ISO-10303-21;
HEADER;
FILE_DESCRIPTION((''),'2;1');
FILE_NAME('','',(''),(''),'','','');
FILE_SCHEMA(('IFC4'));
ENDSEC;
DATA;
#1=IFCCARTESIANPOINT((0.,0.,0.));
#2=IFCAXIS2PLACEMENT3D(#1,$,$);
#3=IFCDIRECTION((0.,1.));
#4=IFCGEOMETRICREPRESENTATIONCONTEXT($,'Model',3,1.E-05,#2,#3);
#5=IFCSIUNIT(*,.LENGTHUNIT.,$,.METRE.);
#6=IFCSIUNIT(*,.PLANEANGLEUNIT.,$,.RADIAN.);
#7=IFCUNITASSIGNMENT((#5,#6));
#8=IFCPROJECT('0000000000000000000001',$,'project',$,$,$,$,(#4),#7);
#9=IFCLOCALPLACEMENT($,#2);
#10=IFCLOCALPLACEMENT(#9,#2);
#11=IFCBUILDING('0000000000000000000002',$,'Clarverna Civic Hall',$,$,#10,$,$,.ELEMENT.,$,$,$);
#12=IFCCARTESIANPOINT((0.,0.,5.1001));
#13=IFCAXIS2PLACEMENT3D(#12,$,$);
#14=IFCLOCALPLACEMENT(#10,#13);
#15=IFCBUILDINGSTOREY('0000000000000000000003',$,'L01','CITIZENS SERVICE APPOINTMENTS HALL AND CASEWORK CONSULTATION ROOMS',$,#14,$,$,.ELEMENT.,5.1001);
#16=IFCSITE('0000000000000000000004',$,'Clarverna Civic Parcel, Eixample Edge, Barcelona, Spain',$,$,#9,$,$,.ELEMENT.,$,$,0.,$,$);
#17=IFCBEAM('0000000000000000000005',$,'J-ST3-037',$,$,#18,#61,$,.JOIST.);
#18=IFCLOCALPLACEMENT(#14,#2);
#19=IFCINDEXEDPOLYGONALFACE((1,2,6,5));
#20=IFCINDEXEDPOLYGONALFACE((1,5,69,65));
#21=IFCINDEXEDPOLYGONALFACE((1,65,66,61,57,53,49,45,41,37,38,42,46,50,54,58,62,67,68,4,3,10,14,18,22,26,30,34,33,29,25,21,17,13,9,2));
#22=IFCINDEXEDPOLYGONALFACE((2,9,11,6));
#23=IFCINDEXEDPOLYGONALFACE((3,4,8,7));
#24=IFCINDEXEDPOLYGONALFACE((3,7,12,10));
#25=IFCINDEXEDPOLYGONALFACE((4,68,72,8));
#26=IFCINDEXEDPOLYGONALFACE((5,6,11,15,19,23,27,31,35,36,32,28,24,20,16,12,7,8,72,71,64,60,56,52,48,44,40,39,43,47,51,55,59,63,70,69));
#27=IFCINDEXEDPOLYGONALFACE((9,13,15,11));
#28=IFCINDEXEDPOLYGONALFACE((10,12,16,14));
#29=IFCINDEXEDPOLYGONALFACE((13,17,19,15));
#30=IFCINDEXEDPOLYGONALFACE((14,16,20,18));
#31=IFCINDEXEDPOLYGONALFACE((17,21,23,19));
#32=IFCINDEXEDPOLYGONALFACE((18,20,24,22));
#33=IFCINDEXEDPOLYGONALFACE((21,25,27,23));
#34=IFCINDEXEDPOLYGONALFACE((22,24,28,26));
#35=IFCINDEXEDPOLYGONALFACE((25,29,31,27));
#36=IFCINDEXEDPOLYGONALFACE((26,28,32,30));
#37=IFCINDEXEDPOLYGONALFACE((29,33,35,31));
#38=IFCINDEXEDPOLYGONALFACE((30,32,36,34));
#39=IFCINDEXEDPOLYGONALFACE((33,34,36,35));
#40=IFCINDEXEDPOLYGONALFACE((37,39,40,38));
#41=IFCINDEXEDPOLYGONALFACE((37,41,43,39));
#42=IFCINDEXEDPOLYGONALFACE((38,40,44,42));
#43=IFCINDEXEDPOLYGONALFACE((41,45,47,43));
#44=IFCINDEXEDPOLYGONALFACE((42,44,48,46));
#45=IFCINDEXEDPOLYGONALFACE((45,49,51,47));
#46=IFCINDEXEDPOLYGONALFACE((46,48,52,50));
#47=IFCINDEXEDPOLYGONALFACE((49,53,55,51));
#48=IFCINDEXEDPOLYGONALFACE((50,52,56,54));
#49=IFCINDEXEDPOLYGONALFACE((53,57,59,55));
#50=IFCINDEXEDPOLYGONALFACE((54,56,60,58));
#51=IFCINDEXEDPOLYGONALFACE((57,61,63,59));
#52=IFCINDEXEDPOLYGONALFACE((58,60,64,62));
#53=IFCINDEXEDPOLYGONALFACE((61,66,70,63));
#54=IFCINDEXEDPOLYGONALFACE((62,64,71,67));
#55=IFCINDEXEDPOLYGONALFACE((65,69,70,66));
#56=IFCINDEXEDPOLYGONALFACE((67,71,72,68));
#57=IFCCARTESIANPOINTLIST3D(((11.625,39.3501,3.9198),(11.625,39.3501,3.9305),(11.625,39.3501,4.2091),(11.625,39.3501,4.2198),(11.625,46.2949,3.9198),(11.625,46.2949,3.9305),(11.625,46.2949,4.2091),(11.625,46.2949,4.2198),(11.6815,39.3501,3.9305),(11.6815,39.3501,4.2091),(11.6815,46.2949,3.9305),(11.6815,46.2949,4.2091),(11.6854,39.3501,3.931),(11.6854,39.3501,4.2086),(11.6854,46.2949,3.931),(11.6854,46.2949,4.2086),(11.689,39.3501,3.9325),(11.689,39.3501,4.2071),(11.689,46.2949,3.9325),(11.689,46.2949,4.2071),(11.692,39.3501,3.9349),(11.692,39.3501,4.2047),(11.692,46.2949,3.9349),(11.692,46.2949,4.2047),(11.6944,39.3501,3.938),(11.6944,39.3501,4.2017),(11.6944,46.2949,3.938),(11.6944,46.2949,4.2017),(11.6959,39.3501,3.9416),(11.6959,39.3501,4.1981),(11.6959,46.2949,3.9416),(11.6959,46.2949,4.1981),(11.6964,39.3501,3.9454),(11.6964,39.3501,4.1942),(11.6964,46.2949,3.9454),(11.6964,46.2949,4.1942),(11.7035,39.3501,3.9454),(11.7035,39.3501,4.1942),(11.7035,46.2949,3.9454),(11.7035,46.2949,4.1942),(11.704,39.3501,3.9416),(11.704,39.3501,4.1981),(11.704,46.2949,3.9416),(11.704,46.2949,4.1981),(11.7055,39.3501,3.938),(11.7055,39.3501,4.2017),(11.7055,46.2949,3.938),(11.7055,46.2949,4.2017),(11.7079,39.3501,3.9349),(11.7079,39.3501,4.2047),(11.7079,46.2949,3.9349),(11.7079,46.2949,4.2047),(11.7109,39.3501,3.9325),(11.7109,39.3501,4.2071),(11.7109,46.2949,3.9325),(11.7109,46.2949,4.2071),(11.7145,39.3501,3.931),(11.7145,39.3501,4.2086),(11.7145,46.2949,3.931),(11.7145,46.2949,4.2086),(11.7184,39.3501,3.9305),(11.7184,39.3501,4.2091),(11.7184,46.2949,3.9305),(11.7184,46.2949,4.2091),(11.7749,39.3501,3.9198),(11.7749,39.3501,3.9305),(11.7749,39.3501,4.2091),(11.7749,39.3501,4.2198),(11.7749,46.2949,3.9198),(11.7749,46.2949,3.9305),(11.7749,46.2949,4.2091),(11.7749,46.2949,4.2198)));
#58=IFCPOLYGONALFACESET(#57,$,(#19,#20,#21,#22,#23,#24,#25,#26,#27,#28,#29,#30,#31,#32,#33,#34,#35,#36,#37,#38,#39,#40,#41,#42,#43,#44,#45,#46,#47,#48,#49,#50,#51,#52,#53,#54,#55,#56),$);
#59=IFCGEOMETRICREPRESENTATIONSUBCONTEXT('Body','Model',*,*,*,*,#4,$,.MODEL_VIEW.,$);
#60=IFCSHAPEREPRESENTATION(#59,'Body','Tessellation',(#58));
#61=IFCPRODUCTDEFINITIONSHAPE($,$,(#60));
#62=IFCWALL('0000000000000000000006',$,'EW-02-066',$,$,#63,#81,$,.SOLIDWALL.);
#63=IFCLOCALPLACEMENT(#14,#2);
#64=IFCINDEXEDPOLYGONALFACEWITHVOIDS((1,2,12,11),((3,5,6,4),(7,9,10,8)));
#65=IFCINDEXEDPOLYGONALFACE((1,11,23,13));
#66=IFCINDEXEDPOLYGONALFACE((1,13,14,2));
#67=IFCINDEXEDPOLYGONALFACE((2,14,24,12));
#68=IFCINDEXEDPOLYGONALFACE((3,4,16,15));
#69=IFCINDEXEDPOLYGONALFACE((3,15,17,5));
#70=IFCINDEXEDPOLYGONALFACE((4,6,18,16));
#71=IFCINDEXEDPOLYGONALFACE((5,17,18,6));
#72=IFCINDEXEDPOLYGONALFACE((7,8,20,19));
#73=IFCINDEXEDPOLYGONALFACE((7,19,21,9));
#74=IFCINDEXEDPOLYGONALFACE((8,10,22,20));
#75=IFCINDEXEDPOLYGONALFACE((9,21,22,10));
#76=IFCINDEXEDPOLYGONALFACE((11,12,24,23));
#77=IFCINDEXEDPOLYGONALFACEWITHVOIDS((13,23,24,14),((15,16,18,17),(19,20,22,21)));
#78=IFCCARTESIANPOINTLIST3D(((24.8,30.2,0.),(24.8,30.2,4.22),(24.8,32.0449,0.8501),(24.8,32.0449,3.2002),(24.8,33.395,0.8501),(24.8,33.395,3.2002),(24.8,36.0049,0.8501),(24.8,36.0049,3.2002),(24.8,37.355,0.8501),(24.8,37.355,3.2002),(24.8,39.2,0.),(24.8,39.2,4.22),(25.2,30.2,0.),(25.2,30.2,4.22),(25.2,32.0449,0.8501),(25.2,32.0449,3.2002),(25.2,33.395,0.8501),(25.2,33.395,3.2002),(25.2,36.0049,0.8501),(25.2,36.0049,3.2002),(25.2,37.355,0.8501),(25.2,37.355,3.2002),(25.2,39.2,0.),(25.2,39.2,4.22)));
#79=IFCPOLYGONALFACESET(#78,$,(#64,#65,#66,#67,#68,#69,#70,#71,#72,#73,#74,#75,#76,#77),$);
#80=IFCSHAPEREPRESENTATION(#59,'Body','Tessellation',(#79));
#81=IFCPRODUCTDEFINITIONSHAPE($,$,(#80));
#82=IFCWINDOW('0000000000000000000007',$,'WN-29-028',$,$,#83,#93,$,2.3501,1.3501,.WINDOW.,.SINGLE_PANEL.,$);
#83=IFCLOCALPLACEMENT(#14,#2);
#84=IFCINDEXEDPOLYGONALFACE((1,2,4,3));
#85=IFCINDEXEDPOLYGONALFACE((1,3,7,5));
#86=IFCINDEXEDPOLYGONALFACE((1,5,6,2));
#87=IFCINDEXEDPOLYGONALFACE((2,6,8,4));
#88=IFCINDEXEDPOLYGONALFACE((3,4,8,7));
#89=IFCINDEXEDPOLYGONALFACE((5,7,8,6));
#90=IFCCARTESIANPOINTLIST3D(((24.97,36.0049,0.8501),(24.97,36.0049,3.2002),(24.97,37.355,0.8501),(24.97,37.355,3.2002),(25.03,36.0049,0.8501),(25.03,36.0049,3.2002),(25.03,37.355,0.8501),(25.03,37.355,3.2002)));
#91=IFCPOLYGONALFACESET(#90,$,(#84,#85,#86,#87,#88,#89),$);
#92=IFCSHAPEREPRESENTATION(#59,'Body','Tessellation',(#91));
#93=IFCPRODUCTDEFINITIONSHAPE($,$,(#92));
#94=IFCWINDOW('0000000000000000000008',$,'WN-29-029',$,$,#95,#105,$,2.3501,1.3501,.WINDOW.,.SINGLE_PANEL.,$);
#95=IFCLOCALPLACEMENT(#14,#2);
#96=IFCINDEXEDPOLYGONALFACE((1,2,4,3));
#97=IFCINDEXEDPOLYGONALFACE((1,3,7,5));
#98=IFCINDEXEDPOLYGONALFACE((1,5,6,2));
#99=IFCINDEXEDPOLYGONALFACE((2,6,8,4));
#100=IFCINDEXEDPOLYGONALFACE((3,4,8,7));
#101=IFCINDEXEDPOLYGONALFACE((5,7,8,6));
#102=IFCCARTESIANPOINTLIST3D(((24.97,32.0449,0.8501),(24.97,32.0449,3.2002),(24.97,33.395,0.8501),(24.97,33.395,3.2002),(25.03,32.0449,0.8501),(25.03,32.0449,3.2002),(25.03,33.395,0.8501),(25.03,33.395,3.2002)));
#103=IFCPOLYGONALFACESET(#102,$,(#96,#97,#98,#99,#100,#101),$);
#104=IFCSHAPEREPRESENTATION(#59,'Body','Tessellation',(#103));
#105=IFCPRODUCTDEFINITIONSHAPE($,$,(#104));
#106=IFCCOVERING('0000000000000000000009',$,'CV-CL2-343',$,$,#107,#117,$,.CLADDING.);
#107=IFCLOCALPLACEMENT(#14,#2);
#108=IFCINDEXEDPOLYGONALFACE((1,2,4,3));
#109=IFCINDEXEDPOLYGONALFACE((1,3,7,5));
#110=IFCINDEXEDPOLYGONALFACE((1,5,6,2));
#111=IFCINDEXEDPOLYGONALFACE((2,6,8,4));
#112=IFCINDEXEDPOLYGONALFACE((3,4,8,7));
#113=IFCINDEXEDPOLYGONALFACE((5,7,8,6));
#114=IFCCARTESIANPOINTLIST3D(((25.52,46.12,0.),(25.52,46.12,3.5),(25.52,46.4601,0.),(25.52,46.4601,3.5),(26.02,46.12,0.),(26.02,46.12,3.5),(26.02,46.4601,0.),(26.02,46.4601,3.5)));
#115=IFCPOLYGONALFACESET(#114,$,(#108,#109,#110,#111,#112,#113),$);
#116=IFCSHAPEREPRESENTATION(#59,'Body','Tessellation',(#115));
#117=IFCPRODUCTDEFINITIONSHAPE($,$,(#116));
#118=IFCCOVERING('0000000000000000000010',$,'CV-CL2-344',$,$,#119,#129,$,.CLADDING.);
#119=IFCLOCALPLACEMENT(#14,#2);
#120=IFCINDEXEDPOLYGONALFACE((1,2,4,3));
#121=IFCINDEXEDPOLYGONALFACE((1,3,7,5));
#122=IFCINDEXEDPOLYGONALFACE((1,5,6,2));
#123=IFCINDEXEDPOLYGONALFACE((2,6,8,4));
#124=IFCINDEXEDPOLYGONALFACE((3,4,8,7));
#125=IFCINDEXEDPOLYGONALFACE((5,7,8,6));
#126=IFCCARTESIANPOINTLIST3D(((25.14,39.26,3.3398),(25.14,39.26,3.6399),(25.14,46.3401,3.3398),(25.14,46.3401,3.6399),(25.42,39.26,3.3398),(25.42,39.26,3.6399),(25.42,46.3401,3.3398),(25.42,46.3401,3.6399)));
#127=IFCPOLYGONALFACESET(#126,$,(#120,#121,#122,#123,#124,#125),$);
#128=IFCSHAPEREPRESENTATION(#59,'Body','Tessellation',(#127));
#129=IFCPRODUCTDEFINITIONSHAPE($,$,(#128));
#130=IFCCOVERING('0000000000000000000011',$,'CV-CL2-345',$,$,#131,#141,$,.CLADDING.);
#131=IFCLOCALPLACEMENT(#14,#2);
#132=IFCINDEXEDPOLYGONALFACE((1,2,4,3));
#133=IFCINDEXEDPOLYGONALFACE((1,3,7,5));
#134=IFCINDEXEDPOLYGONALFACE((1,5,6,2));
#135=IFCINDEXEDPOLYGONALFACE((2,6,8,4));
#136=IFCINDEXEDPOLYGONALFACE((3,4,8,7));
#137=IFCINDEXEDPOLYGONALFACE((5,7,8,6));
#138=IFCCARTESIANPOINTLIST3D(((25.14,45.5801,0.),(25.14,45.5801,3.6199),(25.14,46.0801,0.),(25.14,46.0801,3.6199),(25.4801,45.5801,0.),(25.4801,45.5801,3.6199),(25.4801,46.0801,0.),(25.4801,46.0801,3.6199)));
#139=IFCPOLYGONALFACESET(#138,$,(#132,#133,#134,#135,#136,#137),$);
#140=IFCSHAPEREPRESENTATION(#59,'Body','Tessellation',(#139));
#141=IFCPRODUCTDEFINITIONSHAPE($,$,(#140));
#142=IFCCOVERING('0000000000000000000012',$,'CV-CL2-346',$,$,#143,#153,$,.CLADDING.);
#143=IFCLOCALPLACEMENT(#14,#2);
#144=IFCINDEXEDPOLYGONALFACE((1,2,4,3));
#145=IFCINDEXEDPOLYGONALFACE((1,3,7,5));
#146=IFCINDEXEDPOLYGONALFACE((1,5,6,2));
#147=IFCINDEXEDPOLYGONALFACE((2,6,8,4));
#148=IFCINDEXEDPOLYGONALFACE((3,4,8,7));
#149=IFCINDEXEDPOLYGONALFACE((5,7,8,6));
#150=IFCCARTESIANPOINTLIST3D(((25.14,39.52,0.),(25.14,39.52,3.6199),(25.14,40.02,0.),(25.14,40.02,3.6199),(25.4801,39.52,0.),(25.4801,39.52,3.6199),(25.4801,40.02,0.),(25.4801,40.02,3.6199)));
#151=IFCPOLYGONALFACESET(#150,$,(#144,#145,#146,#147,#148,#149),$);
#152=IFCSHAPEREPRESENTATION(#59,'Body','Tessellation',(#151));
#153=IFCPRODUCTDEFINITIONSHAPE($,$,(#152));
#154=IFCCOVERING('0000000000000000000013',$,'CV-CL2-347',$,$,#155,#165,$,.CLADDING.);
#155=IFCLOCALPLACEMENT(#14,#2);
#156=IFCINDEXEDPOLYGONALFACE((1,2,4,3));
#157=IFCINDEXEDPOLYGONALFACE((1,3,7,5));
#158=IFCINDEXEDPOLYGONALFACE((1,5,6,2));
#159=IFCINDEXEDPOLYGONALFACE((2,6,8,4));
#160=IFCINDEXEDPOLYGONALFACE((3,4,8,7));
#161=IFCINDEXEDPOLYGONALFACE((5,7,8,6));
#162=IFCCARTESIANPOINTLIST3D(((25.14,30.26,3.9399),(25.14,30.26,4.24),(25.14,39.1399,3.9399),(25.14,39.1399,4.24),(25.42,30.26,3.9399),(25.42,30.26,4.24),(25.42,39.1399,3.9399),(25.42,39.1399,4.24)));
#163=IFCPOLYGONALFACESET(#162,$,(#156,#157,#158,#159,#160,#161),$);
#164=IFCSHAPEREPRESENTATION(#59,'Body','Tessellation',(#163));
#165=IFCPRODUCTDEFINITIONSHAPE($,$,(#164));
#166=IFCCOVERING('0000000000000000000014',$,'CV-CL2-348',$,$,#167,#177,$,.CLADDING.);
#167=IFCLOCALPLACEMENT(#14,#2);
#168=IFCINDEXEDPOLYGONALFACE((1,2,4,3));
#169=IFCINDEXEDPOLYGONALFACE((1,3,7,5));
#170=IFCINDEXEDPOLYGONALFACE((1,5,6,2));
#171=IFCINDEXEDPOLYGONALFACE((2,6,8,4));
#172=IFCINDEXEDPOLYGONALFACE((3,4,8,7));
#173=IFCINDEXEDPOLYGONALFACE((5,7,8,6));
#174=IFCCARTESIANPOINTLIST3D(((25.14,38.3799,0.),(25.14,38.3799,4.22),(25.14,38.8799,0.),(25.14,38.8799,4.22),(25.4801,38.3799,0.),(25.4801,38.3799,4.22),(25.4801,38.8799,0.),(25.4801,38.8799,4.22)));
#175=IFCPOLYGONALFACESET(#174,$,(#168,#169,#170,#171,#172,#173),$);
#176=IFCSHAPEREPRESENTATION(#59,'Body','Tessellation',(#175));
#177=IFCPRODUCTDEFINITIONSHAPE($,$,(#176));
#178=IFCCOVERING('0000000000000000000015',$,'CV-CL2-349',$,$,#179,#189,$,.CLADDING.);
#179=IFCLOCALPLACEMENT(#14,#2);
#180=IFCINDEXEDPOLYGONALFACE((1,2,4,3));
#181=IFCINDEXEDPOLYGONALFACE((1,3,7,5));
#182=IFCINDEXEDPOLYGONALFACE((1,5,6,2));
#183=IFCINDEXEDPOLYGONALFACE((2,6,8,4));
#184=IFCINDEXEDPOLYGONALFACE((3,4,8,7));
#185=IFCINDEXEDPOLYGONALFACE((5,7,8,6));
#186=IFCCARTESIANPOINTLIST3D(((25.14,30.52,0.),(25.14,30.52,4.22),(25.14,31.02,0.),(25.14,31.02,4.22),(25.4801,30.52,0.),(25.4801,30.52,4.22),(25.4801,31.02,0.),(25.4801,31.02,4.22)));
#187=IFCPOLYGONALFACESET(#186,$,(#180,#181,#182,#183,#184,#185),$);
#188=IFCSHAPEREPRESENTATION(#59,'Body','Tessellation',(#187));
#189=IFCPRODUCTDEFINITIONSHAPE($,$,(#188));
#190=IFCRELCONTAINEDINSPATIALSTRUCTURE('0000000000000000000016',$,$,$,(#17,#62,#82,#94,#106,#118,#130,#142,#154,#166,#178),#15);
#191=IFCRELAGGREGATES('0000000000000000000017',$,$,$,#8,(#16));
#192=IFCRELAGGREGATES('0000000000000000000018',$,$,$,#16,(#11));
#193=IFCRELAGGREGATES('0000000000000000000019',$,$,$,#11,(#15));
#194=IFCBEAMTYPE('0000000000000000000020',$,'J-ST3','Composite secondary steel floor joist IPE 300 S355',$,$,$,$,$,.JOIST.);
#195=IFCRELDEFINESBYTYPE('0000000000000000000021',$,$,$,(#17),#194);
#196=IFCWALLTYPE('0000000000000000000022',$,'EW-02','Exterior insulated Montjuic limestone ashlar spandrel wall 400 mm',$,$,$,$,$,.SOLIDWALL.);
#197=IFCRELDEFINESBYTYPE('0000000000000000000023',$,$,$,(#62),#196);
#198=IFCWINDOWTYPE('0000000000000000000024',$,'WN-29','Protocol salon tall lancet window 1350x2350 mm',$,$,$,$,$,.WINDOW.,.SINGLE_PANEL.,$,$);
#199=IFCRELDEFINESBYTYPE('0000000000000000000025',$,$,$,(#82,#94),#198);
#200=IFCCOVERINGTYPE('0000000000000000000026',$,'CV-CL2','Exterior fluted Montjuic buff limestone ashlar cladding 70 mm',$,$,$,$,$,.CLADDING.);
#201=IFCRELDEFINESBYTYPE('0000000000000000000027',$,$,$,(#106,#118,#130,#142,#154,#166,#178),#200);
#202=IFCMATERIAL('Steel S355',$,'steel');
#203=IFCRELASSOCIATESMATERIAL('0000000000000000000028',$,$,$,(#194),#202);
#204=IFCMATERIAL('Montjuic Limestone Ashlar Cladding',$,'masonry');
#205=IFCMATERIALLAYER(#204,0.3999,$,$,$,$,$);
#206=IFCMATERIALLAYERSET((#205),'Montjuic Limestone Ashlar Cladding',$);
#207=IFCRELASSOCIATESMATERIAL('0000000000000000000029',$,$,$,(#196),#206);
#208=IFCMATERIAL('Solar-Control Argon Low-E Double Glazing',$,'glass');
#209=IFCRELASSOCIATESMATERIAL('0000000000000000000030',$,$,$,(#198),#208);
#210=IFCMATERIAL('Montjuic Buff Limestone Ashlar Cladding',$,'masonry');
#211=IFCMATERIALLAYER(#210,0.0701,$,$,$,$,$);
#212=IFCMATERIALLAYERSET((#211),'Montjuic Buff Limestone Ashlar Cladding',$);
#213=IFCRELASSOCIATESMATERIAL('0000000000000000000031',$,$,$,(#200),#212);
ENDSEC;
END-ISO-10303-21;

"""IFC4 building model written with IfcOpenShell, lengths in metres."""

from ifc_helpers import new_model, si_unit, direction, frame, frame_2d, origin, origin_2d, place, context, subcontext, project, spatial, rectangle, i_section, extrude, material, layer, layer_set, material_profile, profile_set, type_object, element, fill, save


model = new_model("IFC4")

# Units and contexts
model_context = context("Model", 3, precision=1e-05, world=origin(), true_north=direction((0.0, 1.0)))
body_context = subcontext(model_context, "Body", "Model", "MODEL_VIEW")
ifc_project = project(units=[si_unit("LENGTHUNIT", "METRE"), si_unit("PLANEANGLEUNIT", "RADIAN")], contexts=[model_context])

# Site, building, storey
site_placement = place(None, origin())
site = spatial("IfcSite", under=ifc_project, at=site_placement, Name="Clarverna Civic Parcel, Eixample Edge, Barcelona, Spain", CompositionType="ELEMENT", RefElevation=0.0)
building_placement = place(site_placement, origin())
building = spatial("IfcBuilding", under=site, at=building_placement, Name="Clarverna Civic Hall", CompositionType="ELEMENT")
storey_placement = place(building_placement, frame((0.0, 0.0, 5.1001)))
storey = spatial("IfcBuildingStorey", under=building, at=storey_placement, Name="L01", Description="CITIZENS SERVICE APPOINTMENTS HALL AND CASEWORK CONSULTATION ROOMS", CompositionType="ELEMENT", Elevation=5.1001)

# Beam
ifc_material_1 = material(Name="Steel S355", Category="steel")
ifc_material_profile_1 = material_profile(ifc_material_1, i_section(OverallWidth=0.1499, OverallDepth=0.3, WebThickness=0.0071, FlangeThickness=0.0107, FilletRadius=0.0149, at=origin_2d()), Name="IPE 300")
ifc_profile_set_1 = profile_set([ifc_material_profile_1], Name="Steel S355")
beam_type_1 = type_object("IfcBeamType", Name="J-ST3", Description="Composite secondary steel floor joist IPE 300 S355", PredefinedType="JOIST", material=ifc_profile_set_1)
beam_1_placement = place(storey_placement, frame((11.7, 39.3501, 4.0698), z_axis=(0.0, 1.0, 0.0), x_axis=(-1.0, 0.0, 0.0)))
element("IfcBeam", 1, at=beam_1_placement, inside=storey, type_object=beam_type_1, Name="J-ST3-037", PredefinedType="JOIST", context=body_context, shape_type="SweptSolid", body=[
    extrude(i_section(OverallWidth=0.1499, OverallDepth=0.3, WebThickness=0.0071, FlangeThickness=0.0107, FilletRadius=0.0149, at=origin_2d()), origin(), (0.0, 0.0, 1.0), 6.9448),
])

# Wall, openings, windows
ifc_material_2 = material(Name="Montjuic Limestone Ashlar Cladding", Category="masonry")
ifc_layer_1 = layer(ifc_material_2, 0.3999)
ifc_layer_set_1 = layer_set([ifc_layer_1], Name="Montjuic Limestone Ashlar Cladding")
wall_type = type_object("IfcWallType", Name="EW-02", Description="Exterior insulated Montjuic limestone ashlar spandrel wall 400 mm", PredefinedType="SOLIDWALL", material=ifc_layer_set_1)
wall_placement = place(storey_placement, frame((25.0, 39.2, 0.0), z_axis=(0.0, 0.0, 1.0), x_axis=(0.0, -1.0, 0.0)))
wall = element("IfcWall", 2, at=wall_placement, inside=storey, type_object=wall_type, Name="EW-02-066", PredefinedType="SOLIDWALL", context=body_context, shape_type="SweptSolid", body=[
    extrude(rectangle(XDim=9.0, YDim=0.3999, at=frame_2d((4.5, 0.0))), origin(), (0.0, 0.0, 1.0), 4.22),
])
opening_1_placement = place(wall_placement, frame((1.845, 0.0, 0.8501)))
opening_1 = element("IfcOpeningElement", 3, at=opening_1_placement, cuts=wall, PredefinedType="OPENING", context=body_context, shape_type="SweptSolid", body=[
    extrude(rectangle(XDim=1.3501, YDim=2.3501, at=frame_2d((0.675, 1.175))), frame((0.0, 0.21, 0.0), z_axis=(0.0, -1.0, 0.0), x_axis=(1.0, 0.0, 0.0)), (0.0, 0.0, 1.0), 0.4199),
])
opening_2_placement = place(wall_placement, frame((5.8049, 0.0, 0.8501)))
opening_2 = element("IfcOpeningElement", 4, at=opening_2_placement, cuts=wall, PredefinedType="OPENING", context=body_context, shape_type="SweptSolid", body=[
    extrude(rectangle(XDim=1.3501, YDim=2.3501, at=frame_2d((0.675, 1.175))), frame((0.0, 0.21, 0.0), z_axis=(0.0, -1.0, 0.0), x_axis=(1.0, 0.0, 0.0)), (0.0, 0.0, 1.0), 0.4199),
])
ifc_material_3 = material(Name="Solar-Control Argon Low-E Double Glazing", Category="glass")
window_type = type_object("IfcWindowType", Name="WN-29", Description="Protocol salon tall lancet window 1350x2350 mm", PartitioningType="SINGLE_PANEL", PredefinedType="WINDOW", material=ifc_material_3)
window_1_placement = place(opening_1_placement, origin())
window_1 = element("IfcWindow", 5, at=window_1_placement, inside=storey, type_object=window_type, Name="WN-29-028", OverallHeight=2.3501, OverallWidth=1.3501, PartitioningType="SINGLE_PANEL", PredefinedType="WINDOW", context=body_context, shape_type="SweptSolid", body=[
    extrude(rectangle(XDim=1.3501, YDim=2.3501, at=frame_2d((0.675, 1.175))), frame((0.0, 0.03, 0.0), z_axis=(0.0, -1.0, 0.0), x_axis=(1.0, 0.0, 0.0)), (0.0, 0.0, 1.0), 0.0601),
])
fill(opening_1, window_1)
window_2_placement = place(opening_2_placement, origin())
window_2 = element("IfcWindow", 6, at=window_2_placement, inside=storey, type_object=window_type, Name="WN-29-029", OverallHeight=2.3501, OverallWidth=1.3501, PartitioningType="SINGLE_PANEL", PredefinedType="WINDOW", context=body_context, shape_type="SweptSolid", body=[
    extrude(rectangle(XDim=1.3501, YDim=2.3501, at=frame_2d((0.675, 1.175))), frame((0.0, 0.03, 0.0), z_axis=(0.0, -1.0, 0.0), x_axis=(1.0, 0.0, 0.0)), (0.0, 0.0, 1.0), 0.0601),
])
fill(opening_2, window_2)

# Coverings
ifc_material_4 = material(Name="Montjuic Buff Limestone Ashlar Cladding", Category="masonry")
ifc_layer_2 = layer(ifc_material_4, 0.0701)
ifc_layer_set_2 = layer_set([ifc_layer_2], Name="Montjuic Buff Limestone Ashlar Cladding")
covering_type = type_object("IfcCoveringType", Name="CV-CL2", Description="Exterior fluted Montjuic buff limestone ashlar cladding 70 mm", PredefinedType="CLADDING", material=ifc_layer_set_2)
covering_1_placement = place(storey_placement, frame((26.02, 46.29, 0.0), z_axis=(0.0, 0.0, 1.0), x_axis=(-1.0, 0.0, 0.0)))
element("IfcCovering", 7, at=covering_1_placement, inside=storey, type_object=covering_type, Name="CV-CL2-343", PredefinedType="CLADDING", context=body_context, shape_type="SweptSolid", body=[
    extrude(rectangle(XDim=0.5, YDim=0.3401, at=frame_2d((0.25, 0.0))), origin(), (0.0, 0.0, 1.0), 3.5),
])
covering_2_placement = place(storey_placement, frame((25.28, 46.3401, 3.3398), z_axis=(0.0, 0.0, 1.0), x_axis=(0.0, -1.0, 0.0)))
element("IfcCovering", 8, at=covering_2_placement, inside=storey, type_object=covering_type, Name="CV-CL2-344", PredefinedType="CLADDING", context=body_context, shape_type="SweptSolid", body=[
    extrude(rectangle(XDim=7.0801, YDim=0.28, at=frame_2d((3.54, 0.0))), origin(), (0.0, 0.0, 1.0), 0.3),
])
for number, where, z_axis, x_axis, name in (
    (9, (25.3101, 46.0801, 0.0), (0.0, 0.0, 1.0), (0.0, -1.0, 0.0), "CV-CL2-345"),
    (10, (25.3101, 40.02, 0.0), (0.0, 0.0, 1.0), (0.0, -1.0, 0.0), "CV-CL2-346"),
):
    element("IfcCovering", number, at=place(storey_placement, frame(where, z_axis=z_axis, x_axis=x_axis)), inside=storey, type_object=covering_type, Name=name, PredefinedType="CLADDING", context=body_context, shape_type="SweptSolid", body=[
        extrude(rectangle(XDim=0.5, YDim=0.3401, at=frame_2d((0.25, 0.0))), origin(), (0.0, 0.0, 1.0), 3.6199),
    ])
covering_3_placement = place(storey_placement, frame((25.28, 39.1399, 3.9399), z_axis=(0.0, 0.0, 1.0), x_axis=(0.0, -1.0, 0.0)))
element("IfcCovering", 11, at=covering_3_placement, inside=storey, type_object=covering_type, Name="CV-CL2-347", PredefinedType="CLADDING", context=body_context, shape_type="SweptSolid", body=[
    extrude(rectangle(XDim=8.8799, YDim=0.28, at=frame_2d((4.4399, 0.0))), origin(), (0.0, 0.0, 1.0), 0.3),
])
for number, where, z_axis, x_axis, name in (
    (12, (25.3101, 38.8799, 0.0), (0.0, 0.0, 1.0), (0.0, -1.0, 0.0), "CV-CL2-348"),
    (13, (25.3101, 31.02, 0.0), (0.0, 0.0, 1.0), (0.0, -1.0, 0.0), "CV-CL2-349"),
):
    element("IfcCovering", number, at=place(storey_placement, frame(where, z_axis=z_axis, x_axis=x_axis)), inside=storey, type_object=covering_type, Name=name, PredefinedType="CLADDING", context=body_context, shape_type="SweptSolid", body=[
        extrude(rectangle(XDim=0.5, YDim=0.3401, at=frame_2d((0.25, 0.0))), origin(), (0.0, 0.0, 1.0), 4.22),
    ])

save(model, "model.ifc")
